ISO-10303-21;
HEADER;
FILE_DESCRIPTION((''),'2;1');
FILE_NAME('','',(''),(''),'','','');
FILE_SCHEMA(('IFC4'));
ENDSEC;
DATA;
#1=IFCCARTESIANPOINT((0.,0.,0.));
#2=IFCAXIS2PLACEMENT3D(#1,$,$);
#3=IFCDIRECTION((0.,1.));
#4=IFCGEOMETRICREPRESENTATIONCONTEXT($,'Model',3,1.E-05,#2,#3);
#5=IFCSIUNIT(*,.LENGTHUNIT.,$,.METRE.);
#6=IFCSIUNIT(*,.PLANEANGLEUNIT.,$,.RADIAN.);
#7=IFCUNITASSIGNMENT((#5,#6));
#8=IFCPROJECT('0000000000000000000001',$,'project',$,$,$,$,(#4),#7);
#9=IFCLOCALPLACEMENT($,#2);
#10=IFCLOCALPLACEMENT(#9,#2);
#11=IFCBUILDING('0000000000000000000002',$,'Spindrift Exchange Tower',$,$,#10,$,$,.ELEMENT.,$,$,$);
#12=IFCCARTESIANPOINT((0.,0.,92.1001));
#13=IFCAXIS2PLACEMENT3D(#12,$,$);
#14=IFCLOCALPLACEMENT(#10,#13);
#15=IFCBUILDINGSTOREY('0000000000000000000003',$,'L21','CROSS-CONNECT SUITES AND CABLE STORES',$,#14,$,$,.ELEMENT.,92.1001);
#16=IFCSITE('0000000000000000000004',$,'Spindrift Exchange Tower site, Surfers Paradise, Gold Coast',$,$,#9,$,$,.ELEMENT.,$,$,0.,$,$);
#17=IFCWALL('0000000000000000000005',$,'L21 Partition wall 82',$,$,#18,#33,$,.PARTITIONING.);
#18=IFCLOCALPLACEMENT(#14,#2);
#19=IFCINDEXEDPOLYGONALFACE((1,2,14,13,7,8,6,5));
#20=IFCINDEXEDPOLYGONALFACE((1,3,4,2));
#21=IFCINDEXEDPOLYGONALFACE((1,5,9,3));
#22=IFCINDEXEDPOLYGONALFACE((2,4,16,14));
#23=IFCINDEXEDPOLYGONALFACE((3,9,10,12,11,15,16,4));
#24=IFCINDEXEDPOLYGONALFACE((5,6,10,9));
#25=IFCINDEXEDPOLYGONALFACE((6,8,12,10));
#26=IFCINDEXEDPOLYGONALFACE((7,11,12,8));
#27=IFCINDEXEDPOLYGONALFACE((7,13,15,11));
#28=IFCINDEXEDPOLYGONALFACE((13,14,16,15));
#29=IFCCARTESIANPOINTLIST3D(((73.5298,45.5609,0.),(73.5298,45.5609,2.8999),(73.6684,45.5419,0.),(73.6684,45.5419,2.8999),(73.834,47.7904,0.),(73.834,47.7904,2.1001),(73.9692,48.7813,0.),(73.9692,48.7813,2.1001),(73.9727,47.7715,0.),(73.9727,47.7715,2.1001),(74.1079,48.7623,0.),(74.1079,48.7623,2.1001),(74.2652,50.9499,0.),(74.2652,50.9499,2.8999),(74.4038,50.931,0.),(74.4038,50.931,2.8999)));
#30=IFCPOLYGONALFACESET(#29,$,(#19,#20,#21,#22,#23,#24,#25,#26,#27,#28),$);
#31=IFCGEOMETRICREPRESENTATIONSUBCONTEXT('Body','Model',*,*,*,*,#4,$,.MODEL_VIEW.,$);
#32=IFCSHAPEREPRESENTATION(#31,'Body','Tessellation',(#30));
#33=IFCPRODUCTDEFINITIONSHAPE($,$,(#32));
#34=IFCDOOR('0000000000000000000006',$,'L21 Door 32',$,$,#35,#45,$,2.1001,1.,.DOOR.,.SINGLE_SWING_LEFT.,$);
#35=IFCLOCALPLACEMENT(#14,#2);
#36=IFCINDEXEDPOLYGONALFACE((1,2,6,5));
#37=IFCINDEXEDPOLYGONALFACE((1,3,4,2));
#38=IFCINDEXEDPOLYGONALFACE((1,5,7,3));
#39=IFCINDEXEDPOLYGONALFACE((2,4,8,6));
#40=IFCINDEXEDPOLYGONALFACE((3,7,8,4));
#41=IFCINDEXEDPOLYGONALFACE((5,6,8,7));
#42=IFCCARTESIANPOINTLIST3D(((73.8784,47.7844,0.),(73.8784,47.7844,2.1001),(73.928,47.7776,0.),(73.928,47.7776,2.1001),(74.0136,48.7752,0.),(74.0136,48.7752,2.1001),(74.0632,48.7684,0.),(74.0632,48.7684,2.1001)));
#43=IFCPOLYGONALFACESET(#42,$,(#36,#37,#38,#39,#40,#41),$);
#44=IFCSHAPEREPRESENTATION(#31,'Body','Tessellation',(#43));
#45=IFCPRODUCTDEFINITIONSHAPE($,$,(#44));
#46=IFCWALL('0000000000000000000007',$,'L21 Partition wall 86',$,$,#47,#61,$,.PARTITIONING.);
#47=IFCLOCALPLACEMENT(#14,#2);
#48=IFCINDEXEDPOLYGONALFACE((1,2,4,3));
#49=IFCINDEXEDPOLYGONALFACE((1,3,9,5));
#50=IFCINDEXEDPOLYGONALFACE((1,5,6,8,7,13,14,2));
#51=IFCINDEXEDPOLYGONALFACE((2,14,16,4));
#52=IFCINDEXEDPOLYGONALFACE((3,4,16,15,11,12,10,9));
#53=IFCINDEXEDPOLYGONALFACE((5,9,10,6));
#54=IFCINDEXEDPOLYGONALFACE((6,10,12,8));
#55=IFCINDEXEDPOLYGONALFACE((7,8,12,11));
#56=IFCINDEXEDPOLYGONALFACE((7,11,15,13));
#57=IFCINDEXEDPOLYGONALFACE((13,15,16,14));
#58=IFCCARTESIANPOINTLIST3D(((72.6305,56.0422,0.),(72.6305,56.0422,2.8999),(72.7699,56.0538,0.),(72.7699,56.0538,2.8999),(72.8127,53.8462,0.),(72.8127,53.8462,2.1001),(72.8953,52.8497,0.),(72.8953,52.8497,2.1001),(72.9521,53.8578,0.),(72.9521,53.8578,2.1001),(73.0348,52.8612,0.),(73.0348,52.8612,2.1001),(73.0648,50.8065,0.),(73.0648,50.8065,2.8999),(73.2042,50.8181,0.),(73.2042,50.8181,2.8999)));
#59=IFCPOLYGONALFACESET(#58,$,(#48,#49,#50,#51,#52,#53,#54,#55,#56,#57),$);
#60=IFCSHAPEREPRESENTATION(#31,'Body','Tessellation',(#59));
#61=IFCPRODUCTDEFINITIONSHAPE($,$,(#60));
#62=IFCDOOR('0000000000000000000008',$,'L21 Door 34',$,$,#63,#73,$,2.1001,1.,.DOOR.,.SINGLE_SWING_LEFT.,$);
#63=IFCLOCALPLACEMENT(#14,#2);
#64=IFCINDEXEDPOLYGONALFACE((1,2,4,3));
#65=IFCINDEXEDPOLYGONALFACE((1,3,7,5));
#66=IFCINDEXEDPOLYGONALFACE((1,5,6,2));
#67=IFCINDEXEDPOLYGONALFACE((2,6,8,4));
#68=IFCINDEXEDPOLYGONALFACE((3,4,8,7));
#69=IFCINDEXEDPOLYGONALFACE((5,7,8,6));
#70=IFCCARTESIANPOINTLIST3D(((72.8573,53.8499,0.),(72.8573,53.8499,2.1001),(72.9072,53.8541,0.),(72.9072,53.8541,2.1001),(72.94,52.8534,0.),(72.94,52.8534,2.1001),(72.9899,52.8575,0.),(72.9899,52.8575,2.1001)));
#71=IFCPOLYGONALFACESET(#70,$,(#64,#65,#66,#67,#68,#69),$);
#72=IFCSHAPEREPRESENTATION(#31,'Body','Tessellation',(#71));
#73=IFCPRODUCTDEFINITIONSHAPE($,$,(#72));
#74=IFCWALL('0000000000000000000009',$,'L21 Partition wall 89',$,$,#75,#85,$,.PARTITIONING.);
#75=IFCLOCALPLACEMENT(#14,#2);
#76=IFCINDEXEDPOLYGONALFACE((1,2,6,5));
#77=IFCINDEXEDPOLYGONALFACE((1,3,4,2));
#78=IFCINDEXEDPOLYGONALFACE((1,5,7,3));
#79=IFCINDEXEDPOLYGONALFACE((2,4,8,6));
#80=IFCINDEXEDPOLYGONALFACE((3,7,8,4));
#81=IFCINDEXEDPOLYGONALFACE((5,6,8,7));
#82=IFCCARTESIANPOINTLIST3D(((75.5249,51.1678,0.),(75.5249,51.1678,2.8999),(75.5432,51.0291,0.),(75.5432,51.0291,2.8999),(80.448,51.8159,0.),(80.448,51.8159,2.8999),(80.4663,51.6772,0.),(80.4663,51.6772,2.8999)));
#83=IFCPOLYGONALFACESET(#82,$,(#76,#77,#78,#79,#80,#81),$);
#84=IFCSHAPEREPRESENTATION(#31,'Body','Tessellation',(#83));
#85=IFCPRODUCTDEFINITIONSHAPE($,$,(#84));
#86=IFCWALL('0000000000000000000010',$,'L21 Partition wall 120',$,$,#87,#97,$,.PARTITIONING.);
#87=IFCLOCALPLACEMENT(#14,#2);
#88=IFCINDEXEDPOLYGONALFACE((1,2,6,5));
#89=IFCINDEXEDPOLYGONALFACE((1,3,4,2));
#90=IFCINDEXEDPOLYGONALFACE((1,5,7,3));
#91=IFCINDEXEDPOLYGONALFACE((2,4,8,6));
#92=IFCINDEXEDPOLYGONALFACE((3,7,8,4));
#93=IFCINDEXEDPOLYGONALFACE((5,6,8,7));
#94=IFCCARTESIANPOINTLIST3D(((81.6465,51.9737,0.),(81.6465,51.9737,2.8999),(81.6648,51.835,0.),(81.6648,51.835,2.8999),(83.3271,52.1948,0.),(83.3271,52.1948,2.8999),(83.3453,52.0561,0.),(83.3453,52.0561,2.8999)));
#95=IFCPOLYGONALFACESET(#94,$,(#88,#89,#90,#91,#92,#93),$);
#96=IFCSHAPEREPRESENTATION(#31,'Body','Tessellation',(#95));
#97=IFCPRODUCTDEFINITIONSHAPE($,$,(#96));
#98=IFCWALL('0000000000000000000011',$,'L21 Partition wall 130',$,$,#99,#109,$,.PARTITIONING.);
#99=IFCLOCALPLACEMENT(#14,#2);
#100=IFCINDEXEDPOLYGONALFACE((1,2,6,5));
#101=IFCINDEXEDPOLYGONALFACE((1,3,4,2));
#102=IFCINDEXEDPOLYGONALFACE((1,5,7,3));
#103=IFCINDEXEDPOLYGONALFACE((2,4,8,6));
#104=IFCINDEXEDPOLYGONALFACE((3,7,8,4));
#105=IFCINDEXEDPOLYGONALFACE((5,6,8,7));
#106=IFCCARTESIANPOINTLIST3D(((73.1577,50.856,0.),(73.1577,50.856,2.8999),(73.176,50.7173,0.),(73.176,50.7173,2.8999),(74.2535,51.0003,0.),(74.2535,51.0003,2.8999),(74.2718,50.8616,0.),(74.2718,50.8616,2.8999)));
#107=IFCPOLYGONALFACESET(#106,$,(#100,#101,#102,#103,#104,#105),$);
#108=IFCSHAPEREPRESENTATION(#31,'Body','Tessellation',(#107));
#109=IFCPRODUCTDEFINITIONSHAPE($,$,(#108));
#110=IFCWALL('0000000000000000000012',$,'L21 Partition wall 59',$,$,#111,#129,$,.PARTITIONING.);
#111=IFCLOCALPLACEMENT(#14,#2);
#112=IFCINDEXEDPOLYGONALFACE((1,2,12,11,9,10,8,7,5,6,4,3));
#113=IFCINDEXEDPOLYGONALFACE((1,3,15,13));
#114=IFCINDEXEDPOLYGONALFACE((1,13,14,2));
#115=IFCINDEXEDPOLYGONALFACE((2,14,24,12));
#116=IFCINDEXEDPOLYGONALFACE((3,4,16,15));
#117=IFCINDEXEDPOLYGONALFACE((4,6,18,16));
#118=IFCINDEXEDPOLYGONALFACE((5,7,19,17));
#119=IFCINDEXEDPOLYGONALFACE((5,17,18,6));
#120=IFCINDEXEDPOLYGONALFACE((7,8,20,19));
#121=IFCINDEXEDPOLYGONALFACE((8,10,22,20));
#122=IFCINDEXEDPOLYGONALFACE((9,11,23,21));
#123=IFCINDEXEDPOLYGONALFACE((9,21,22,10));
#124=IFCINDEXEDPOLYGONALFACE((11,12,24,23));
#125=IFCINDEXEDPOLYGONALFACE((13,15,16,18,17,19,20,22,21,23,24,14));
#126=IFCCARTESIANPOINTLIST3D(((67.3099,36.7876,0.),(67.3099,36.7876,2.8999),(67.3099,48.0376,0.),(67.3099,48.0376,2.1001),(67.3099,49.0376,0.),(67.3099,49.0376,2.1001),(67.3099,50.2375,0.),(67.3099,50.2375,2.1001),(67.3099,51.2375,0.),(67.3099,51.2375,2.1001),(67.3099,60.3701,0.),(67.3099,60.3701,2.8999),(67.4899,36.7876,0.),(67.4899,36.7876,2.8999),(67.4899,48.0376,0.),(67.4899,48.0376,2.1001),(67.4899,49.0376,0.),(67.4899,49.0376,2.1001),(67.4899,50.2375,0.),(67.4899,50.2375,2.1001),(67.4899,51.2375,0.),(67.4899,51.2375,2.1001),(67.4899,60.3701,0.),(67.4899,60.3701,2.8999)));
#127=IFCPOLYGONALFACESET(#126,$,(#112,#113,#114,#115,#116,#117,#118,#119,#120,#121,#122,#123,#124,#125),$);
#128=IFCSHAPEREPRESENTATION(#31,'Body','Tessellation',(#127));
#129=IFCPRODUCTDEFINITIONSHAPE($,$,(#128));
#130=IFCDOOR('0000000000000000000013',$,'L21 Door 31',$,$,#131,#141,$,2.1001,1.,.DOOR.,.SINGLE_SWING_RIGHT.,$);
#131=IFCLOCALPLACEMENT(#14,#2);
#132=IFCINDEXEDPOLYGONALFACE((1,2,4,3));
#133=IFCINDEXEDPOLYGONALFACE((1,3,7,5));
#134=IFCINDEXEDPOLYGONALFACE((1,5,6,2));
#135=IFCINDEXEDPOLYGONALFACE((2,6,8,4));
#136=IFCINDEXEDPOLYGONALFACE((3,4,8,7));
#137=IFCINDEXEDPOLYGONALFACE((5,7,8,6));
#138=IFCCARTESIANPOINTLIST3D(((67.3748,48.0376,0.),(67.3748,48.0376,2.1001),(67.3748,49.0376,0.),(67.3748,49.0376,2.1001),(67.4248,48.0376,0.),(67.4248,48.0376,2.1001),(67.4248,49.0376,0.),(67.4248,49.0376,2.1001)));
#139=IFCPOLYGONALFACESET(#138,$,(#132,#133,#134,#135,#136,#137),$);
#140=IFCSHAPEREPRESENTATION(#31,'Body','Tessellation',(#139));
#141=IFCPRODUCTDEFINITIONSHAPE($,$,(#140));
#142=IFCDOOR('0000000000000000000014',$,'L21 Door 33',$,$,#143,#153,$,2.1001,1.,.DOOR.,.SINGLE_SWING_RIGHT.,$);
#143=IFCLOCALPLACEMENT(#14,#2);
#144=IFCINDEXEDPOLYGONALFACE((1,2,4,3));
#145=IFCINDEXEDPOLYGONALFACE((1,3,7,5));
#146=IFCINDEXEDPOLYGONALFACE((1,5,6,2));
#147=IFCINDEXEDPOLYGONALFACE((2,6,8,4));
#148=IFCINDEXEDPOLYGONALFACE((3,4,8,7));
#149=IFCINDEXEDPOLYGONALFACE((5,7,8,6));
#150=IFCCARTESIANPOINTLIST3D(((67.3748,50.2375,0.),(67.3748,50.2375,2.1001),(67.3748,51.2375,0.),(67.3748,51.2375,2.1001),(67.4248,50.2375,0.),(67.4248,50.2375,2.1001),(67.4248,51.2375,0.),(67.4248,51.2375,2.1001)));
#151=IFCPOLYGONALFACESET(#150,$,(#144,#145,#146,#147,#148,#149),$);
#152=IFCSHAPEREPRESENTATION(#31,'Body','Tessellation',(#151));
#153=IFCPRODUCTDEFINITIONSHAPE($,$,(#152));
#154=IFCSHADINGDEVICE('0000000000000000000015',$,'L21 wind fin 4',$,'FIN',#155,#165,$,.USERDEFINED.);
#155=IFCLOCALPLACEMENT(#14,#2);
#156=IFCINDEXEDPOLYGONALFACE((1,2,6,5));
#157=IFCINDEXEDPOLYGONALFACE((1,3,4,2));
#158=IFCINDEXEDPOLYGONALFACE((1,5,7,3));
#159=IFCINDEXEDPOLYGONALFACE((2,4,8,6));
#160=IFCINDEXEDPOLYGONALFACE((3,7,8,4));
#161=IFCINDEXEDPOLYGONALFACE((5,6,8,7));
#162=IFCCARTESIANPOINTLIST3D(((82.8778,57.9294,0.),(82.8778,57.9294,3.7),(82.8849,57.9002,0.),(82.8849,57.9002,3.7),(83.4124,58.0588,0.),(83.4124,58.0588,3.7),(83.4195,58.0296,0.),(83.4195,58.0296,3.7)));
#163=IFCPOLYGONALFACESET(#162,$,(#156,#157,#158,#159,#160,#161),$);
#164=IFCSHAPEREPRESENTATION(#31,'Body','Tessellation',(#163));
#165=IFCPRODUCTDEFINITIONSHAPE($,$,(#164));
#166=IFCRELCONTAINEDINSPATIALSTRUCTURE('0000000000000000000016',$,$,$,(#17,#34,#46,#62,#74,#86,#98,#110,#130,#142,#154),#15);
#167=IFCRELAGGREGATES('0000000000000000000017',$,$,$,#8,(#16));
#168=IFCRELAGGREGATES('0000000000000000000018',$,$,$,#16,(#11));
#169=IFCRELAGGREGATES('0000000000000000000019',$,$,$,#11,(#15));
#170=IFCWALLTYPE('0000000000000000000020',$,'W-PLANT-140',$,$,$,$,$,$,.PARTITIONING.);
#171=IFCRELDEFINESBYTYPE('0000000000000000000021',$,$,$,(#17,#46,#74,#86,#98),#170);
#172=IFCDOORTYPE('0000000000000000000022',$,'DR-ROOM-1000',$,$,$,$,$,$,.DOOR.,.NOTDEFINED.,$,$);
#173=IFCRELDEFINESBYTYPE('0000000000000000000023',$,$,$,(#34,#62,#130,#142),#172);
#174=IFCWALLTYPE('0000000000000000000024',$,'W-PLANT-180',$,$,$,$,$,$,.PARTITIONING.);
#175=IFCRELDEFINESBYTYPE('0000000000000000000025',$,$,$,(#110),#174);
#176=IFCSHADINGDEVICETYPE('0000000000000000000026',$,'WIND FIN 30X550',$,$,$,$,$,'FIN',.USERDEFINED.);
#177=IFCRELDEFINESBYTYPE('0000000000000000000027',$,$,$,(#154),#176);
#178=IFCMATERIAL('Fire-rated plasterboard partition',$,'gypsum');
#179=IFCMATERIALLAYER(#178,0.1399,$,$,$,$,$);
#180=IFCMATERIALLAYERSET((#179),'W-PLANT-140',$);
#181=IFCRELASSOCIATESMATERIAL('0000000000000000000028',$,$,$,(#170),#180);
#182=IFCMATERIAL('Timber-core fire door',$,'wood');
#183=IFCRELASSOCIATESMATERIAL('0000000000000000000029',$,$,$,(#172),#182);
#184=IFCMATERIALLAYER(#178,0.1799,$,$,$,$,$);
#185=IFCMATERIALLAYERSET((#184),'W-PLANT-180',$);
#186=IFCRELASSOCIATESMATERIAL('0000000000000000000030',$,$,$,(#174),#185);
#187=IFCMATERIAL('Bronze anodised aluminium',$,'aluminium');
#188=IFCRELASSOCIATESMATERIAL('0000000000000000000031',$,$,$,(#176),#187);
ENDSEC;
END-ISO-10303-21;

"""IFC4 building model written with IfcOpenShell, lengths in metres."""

from ifc_helpers import new_model, si_unit, direction, frame, frame_2d, origin, origin_2d, place, context, subcontext, project, spatial, rectangle, extrude, source, transform, mapped, material, layer, layer_set, material_profile, profile_set, type_object, element, fill, save


model = new_model("IFC4")

# Units and contexts
model_context = context("Model", 3, precision=1e-05, world=origin(), true_north=direction((0.0, 1.0)))
body_context = subcontext(model_context, "Body", "Model", "MODEL_VIEW")
ifc_project = project(units=[si_unit("LENGTHUNIT", "METRE"), si_unit("PLANEANGLEUNIT", "RADIAN")], contexts=[model_context])

# Site, building, storey
site_placement = place(None, origin())
site = spatial("IfcSite", under=ifc_project, at=site_placement, Name="Spindrift Exchange Tower site, Surfers Paradise, Gold Coast", CompositionType="ELEMENT", RefElevation=0.0)
building_placement = place(site_placement, origin())
building = spatial("IfcBuilding", under=site, at=building_placement, Name="Spindrift Exchange Tower", CompositionType="ELEMENT")
storey_placement = place(building_placement, frame((0.0, 0.0, 92.1001)))
storey = spatial("IfcBuildingStorey", under=building, at=storey_placement, Name="L21", Description="CROSS-CONNECT SUITES AND CABLE STORES", CompositionType="ELEMENT", Elevation=92.1001)

# Shared definitions
ifc_material_1 = material(Name="Bronze anodised aluminium", Category="aluminium")

# Shared definitions
ifc_material_2 = material(Name="Fire-rated plasterboard partition", Category="gypsum")
ifc_layer_1 = layer(ifc_material_2, 0.1399)
ifc_layer_set_1 = layer_set([ifc_layer_1], Name="W-PLANT-140")
wall_type_1 = type_object("IfcWallType", Name="W-PLANT-140", PredefinedType="PARTITIONING", material=ifc_layer_set_1)

# Walls, openings, doors
wall_1_placement = place(storey_placement, frame((74.3345, 50.9404, 0.0), z_axis=(0.0, 0.0, 1.0), x_axis=(-0.135203, -0.990818, 0.0)))
wall_1 = element("IfcWall", 1, at=wall_1_placement, inside=storey, type_object=wall_type_1, Name="L21 Partition wall 82", PredefinedType="PARTITIONING", context=body_context, shape_type="SweptSolid", body=[
    extrude(rectangle(XDim=5.439, YDim=0.1399, at=frame_2d((2.7195, 0.0))), origin(), (0.0, 0.0, 1.0), 2.8999),
])
opening_1_placement = place(wall_1_placement, frame((2.1887, 0.0, 0.0)))
opening_1 = element("IfcOpeningElement", 2, at=opening_1_placement, cuts=wall_1, PredefinedType="OPENING", context=body_context, shape_type="SweptSolid", body=[
    extrude(rectangle(XDim=1.0, YDim=2.1001, at=frame_2d((0.5, 1.05))), frame((0.0, 0.0798, 0.0), z_axis=(0.0, -1.0, 0.0), x_axis=(1.0, 0.0, 0.0)), (0.0, 0.0, 1.0), 0.1599),
])
ifc_material_3 = material(Name="Timber-core fire door", Category="wood")
door_type = type_object("IfcDoorType", Name="DR-ROOM-1000", OperationType="NOTDEFINED", PredefinedType="DOOR", material=ifc_material_3)
shared_shape_1 = source(origin(), body_context, "Body", "SweptSolid", [
    extrude(rectangle(XDim=1.0, YDim=2.1001, at=frame_2d((0.5, 1.05))), frame((0.0, 0.0249, 0.0), z_axis=(0.0, -1.0, 0.0), x_axis=(1.0, 0.0, 0.0)), (0.0, 0.0, 1.0), 0.05),
])
door_1_placement = place(opening_1_placement, origin())
door_1 = element("IfcDoor", 3, at=door_1_placement, inside=storey, type_object=door_type, Name="L21 Door 32", OperationType="SINGLE_SWING_LEFT", OverallHeight=2.1001, OverallWidth=1.0, PredefinedType="DOOR", context=body_context, shape_type="MappedRepresentation", body=[
    mapped(shared_shape_1, transform((0.0, 0.0, 0.0), scale=1.0)),
])
fill(opening_1, door_1)
wall_2_placement = place(storey_placement, frame((72.7002, 56.0481, 0.0), z_axis=(0.0, 0.0, 1.0), x_axis=(0.082672, -0.996577, 0.0)))
wall_2 = element("IfcWall", 4, at=wall_2_placement, inside=storey, type_object=wall_type_1, Name="L21 Partition wall 86", PredefinedType="PARTITIONING", context=body_context, shape_type="SweptSolid", body=[
    extrude(rectangle(XDim=5.2537, YDim=0.1399, at=frame_2d((2.627, 0.0))), origin(), (0.0, 0.0, 1.0), 2.8999),
])
opening_2_placement = place(wall_2_placement, frame((2.2036, 0.0, 0.0)))
opening_2 = element("IfcOpeningElement", 5, at=opening_2_placement, cuts=wall_2, PredefinedType="OPENING", context=body_context, shape_type="SweptSolid", body=[
    extrude(rectangle(XDim=1.0, YDim=2.1001, at=frame_2d((0.5, 1.05))), frame((0.0, 0.0798, 0.0), z_axis=(0.0, -1.0, 0.0), x_axis=(1.0, 0.0, 0.0)), (0.0, 0.0, 1.0), 0.1599),
])
door_2_placement = place(opening_2_placement, origin())
door_2 = element("IfcDoor", 6, at=door_2_placement, inside=storey, type_object=door_type, Name="L21 Door 34", OperationType="SINGLE_SWING_LEFT", OverallHeight=2.1001, OverallWidth=1.0, PredefinedType="DOOR", context=body_context, shape_type="MappedRepresentation", body=[
    mapped(shared_shape_1, transform((0.0, 0.0, 0.0), scale=1.0)),
])
fill(opening_2, door_2)

# Walls
wall_3_placement = place(storey_placement, frame((75.5339, 51.0984, 0.0), z_axis=(0.0, 0.0, 1.0), x_axis=(0.991443, 0.130537, 0.0)))
element("IfcWall", 7, at=wall_3_placement, inside=storey, type_object=wall_type_1, Name="L21 Partition wall 89", PredefinedType="PARTITIONING", context=body_context, shape_type="SweptSolid", body=[
    extrude(rectangle(XDim=4.9656, YDim=0.1399, at=frame_2d((2.4829, 0.0))), origin(), (0.0, 0.0, 1.0), 2.8999),
])
wall_4_placement = place(storey_placement, frame((81.6555, 51.9043, 0.0), z_axis=(0.0, 0.0, 1.0), x_axis=(0.99145, 0.130484, 0.0)))
element("IfcWall", 8, at=wall_4_placement, inside=storey, type_object=wall_type_1, Name="L21 Partition wall 120", PredefinedType="PARTITIONING", context=body_context, shape_type="SweptSolid", body=[
    extrude(rectangle(XDim=1.6951, YDim=0.1399, at=frame_2d((0.8477, 0.0))), origin(), (0.0, 0.0, 1.0), 2.8999),
])
wall_5_placement = place(storey_placement, frame((73.1667, 50.7866, 0.0), z_axis=(0.0, 0.0, 1.0), x_axis=(0.991441, 0.130557, 0.0)))
element("IfcWall", 9, at=wall_5_placement, inside=storey, type_object=wall_type_1, Name="L21 Partition wall 130", PredefinedType="PARTITIONING", context=body_context, shape_type="SweptSolid", body=[
    extrude(rectangle(XDim=1.1052, YDim=0.1399, at=frame_2d((0.5527, 0.0))), origin(), (0.0, 0.0, 1.0), 2.8999),
])

# Wall, openings, doors
ifc_layer_2 = layer(ifc_material_2, 0.1799)
ifc_layer_set_2 = layer_set([ifc_layer_2], Name="W-PLANT-180")
wall_type_2 = type_object("IfcWallType", Name="W-PLANT-180", PredefinedType="PARTITIONING", material=ifc_layer_set_2)
wall_6_placement = place(storey_placement, frame((67.3999, 60.3701, 0.0), z_axis=(0.0, 0.0, 1.0), x_axis=(0.0, -1.0, 0.0)))
wall_6 = element("IfcWall", 10, at=wall_6_placement, inside=storey, type_object=wall_type_2, Name="L21 Partition wall 59", PredefinedType="PARTITIONING", context=body_context, shape_type="SweptSolid", body=[
    extrude(rectangle(XDim=23.5825, YDim=0.1799, at=frame_2d((11.7913, 0.0))), origin(), (0.0, 0.0, 1.0), 2.8999),
])
opening_3_placement = place(wall_6_placement, frame((11.3325, 0.0, 0.0)))
opening_3 = element("IfcOpeningElement", 11, at=opening_3_placement, cuts=wall_6, PredefinedType="OPENING", context=body_context, shape_type="SweptSolid", body=[
    extrude(rectangle(XDim=1.0, YDim=2.1001, at=frame_2d((0.5, 1.05))), frame((0.0, 0.0999, 0.0), z_axis=(0.0, -1.0, 0.0), x_axis=(1.0, 0.0, 0.0)), (0.0, 0.0, 1.0), 0.2),
])
opening_4_placement = place(wall_6_placement, frame((9.1326, 0.0, 0.0)))
opening_4 = element("IfcOpeningElement", 12, at=opening_4_placement, cuts=wall_6, PredefinedType="OPENING", context=body_context, shape_type="SweptSolid", body=[
    extrude(rectangle(XDim=1.0, YDim=2.1001, at=frame_2d((0.5, 1.05))), frame((0.0, 0.0999, 0.0), z_axis=(0.0, -1.0, 0.0), x_axis=(1.0, 0.0, 0.0)), (0.0, 0.0, 1.0), 0.2),
])
door_3_placement = place(opening_3_placement, origin())
door_3 = element("IfcDoor", 13, at=door_3_placement, inside=storey, type_object=door_type, Name="L21 Door 31", OperationType="SINGLE_SWING_RIGHT", OverallHeight=2.1001, OverallWidth=1.0, PredefinedType="DOOR", context=body_context, shape_type="MappedRepresentation", body=[
    mapped(shared_shape_1, transform((0.0, 0.0, 0.0), scale=1.0)),
])
fill(opening_3, door_3)
door_4_placement = place(opening_4_placement, origin())
door_4 = element("IfcDoor", 14, at=door_4_placement, inside=storey, type_object=door_type, Name="L21 Door 33", OperationType="SINGLE_SWING_RIGHT", OverallHeight=2.1001, OverallWidth=1.0, PredefinedType="DOOR", context=body_context, shape_type="MappedRepresentation", body=[
    mapped(shared_shape_1, transform((0.0, 0.0, 0.0), scale=1.0)),
])
fill(opening_4, door_4)

# Shading device
ifc_material_profile_1 = material_profile(ifc_material_1, rectangle(XDim=0.03, YDim=0.55, at=origin_2d()), Name="WIND FIN 30X550")
ifc_profile_set_1 = profile_set([ifc_material_profile_1], Name="Bronze anodised aluminium")
shading_device_type = type_object("IfcShadingDeviceType", Name="WIND FIN 30X550", ElementType="FIN", PredefinedType="USERDEFINED", material=ifc_profile_set_1)
shared_shape_2 = source(origin(), body_context, "Body", "SweptSolid", [
    extrude(rectangle(XDim=0.03, YDim=0.55, at=origin_2d()), origin(), (0.0, 0.0, 1.0), 3.7),
])
shading_device_placement = place(storey_placement, frame((83.1487, 57.9795, 0.0), z_axis=(0.0, 0.0, 1.0), x_axis=(-0.235364, 0.971907, 0.0)))
element("IfcShadingDevice", 15, at=shading_device_placement, inside=storey, type_object=shading_device_type, Name="L21 wind fin 4", ObjectType="FIN", PredefinedType="USERDEFINED", context=body_context, shape_type="MappedRepresentation", body=[
    mapped(shared_shape_2, transform((0.0, 0.0, 0.0), scale=1.0)),
])

save(model, "model.ifc")
